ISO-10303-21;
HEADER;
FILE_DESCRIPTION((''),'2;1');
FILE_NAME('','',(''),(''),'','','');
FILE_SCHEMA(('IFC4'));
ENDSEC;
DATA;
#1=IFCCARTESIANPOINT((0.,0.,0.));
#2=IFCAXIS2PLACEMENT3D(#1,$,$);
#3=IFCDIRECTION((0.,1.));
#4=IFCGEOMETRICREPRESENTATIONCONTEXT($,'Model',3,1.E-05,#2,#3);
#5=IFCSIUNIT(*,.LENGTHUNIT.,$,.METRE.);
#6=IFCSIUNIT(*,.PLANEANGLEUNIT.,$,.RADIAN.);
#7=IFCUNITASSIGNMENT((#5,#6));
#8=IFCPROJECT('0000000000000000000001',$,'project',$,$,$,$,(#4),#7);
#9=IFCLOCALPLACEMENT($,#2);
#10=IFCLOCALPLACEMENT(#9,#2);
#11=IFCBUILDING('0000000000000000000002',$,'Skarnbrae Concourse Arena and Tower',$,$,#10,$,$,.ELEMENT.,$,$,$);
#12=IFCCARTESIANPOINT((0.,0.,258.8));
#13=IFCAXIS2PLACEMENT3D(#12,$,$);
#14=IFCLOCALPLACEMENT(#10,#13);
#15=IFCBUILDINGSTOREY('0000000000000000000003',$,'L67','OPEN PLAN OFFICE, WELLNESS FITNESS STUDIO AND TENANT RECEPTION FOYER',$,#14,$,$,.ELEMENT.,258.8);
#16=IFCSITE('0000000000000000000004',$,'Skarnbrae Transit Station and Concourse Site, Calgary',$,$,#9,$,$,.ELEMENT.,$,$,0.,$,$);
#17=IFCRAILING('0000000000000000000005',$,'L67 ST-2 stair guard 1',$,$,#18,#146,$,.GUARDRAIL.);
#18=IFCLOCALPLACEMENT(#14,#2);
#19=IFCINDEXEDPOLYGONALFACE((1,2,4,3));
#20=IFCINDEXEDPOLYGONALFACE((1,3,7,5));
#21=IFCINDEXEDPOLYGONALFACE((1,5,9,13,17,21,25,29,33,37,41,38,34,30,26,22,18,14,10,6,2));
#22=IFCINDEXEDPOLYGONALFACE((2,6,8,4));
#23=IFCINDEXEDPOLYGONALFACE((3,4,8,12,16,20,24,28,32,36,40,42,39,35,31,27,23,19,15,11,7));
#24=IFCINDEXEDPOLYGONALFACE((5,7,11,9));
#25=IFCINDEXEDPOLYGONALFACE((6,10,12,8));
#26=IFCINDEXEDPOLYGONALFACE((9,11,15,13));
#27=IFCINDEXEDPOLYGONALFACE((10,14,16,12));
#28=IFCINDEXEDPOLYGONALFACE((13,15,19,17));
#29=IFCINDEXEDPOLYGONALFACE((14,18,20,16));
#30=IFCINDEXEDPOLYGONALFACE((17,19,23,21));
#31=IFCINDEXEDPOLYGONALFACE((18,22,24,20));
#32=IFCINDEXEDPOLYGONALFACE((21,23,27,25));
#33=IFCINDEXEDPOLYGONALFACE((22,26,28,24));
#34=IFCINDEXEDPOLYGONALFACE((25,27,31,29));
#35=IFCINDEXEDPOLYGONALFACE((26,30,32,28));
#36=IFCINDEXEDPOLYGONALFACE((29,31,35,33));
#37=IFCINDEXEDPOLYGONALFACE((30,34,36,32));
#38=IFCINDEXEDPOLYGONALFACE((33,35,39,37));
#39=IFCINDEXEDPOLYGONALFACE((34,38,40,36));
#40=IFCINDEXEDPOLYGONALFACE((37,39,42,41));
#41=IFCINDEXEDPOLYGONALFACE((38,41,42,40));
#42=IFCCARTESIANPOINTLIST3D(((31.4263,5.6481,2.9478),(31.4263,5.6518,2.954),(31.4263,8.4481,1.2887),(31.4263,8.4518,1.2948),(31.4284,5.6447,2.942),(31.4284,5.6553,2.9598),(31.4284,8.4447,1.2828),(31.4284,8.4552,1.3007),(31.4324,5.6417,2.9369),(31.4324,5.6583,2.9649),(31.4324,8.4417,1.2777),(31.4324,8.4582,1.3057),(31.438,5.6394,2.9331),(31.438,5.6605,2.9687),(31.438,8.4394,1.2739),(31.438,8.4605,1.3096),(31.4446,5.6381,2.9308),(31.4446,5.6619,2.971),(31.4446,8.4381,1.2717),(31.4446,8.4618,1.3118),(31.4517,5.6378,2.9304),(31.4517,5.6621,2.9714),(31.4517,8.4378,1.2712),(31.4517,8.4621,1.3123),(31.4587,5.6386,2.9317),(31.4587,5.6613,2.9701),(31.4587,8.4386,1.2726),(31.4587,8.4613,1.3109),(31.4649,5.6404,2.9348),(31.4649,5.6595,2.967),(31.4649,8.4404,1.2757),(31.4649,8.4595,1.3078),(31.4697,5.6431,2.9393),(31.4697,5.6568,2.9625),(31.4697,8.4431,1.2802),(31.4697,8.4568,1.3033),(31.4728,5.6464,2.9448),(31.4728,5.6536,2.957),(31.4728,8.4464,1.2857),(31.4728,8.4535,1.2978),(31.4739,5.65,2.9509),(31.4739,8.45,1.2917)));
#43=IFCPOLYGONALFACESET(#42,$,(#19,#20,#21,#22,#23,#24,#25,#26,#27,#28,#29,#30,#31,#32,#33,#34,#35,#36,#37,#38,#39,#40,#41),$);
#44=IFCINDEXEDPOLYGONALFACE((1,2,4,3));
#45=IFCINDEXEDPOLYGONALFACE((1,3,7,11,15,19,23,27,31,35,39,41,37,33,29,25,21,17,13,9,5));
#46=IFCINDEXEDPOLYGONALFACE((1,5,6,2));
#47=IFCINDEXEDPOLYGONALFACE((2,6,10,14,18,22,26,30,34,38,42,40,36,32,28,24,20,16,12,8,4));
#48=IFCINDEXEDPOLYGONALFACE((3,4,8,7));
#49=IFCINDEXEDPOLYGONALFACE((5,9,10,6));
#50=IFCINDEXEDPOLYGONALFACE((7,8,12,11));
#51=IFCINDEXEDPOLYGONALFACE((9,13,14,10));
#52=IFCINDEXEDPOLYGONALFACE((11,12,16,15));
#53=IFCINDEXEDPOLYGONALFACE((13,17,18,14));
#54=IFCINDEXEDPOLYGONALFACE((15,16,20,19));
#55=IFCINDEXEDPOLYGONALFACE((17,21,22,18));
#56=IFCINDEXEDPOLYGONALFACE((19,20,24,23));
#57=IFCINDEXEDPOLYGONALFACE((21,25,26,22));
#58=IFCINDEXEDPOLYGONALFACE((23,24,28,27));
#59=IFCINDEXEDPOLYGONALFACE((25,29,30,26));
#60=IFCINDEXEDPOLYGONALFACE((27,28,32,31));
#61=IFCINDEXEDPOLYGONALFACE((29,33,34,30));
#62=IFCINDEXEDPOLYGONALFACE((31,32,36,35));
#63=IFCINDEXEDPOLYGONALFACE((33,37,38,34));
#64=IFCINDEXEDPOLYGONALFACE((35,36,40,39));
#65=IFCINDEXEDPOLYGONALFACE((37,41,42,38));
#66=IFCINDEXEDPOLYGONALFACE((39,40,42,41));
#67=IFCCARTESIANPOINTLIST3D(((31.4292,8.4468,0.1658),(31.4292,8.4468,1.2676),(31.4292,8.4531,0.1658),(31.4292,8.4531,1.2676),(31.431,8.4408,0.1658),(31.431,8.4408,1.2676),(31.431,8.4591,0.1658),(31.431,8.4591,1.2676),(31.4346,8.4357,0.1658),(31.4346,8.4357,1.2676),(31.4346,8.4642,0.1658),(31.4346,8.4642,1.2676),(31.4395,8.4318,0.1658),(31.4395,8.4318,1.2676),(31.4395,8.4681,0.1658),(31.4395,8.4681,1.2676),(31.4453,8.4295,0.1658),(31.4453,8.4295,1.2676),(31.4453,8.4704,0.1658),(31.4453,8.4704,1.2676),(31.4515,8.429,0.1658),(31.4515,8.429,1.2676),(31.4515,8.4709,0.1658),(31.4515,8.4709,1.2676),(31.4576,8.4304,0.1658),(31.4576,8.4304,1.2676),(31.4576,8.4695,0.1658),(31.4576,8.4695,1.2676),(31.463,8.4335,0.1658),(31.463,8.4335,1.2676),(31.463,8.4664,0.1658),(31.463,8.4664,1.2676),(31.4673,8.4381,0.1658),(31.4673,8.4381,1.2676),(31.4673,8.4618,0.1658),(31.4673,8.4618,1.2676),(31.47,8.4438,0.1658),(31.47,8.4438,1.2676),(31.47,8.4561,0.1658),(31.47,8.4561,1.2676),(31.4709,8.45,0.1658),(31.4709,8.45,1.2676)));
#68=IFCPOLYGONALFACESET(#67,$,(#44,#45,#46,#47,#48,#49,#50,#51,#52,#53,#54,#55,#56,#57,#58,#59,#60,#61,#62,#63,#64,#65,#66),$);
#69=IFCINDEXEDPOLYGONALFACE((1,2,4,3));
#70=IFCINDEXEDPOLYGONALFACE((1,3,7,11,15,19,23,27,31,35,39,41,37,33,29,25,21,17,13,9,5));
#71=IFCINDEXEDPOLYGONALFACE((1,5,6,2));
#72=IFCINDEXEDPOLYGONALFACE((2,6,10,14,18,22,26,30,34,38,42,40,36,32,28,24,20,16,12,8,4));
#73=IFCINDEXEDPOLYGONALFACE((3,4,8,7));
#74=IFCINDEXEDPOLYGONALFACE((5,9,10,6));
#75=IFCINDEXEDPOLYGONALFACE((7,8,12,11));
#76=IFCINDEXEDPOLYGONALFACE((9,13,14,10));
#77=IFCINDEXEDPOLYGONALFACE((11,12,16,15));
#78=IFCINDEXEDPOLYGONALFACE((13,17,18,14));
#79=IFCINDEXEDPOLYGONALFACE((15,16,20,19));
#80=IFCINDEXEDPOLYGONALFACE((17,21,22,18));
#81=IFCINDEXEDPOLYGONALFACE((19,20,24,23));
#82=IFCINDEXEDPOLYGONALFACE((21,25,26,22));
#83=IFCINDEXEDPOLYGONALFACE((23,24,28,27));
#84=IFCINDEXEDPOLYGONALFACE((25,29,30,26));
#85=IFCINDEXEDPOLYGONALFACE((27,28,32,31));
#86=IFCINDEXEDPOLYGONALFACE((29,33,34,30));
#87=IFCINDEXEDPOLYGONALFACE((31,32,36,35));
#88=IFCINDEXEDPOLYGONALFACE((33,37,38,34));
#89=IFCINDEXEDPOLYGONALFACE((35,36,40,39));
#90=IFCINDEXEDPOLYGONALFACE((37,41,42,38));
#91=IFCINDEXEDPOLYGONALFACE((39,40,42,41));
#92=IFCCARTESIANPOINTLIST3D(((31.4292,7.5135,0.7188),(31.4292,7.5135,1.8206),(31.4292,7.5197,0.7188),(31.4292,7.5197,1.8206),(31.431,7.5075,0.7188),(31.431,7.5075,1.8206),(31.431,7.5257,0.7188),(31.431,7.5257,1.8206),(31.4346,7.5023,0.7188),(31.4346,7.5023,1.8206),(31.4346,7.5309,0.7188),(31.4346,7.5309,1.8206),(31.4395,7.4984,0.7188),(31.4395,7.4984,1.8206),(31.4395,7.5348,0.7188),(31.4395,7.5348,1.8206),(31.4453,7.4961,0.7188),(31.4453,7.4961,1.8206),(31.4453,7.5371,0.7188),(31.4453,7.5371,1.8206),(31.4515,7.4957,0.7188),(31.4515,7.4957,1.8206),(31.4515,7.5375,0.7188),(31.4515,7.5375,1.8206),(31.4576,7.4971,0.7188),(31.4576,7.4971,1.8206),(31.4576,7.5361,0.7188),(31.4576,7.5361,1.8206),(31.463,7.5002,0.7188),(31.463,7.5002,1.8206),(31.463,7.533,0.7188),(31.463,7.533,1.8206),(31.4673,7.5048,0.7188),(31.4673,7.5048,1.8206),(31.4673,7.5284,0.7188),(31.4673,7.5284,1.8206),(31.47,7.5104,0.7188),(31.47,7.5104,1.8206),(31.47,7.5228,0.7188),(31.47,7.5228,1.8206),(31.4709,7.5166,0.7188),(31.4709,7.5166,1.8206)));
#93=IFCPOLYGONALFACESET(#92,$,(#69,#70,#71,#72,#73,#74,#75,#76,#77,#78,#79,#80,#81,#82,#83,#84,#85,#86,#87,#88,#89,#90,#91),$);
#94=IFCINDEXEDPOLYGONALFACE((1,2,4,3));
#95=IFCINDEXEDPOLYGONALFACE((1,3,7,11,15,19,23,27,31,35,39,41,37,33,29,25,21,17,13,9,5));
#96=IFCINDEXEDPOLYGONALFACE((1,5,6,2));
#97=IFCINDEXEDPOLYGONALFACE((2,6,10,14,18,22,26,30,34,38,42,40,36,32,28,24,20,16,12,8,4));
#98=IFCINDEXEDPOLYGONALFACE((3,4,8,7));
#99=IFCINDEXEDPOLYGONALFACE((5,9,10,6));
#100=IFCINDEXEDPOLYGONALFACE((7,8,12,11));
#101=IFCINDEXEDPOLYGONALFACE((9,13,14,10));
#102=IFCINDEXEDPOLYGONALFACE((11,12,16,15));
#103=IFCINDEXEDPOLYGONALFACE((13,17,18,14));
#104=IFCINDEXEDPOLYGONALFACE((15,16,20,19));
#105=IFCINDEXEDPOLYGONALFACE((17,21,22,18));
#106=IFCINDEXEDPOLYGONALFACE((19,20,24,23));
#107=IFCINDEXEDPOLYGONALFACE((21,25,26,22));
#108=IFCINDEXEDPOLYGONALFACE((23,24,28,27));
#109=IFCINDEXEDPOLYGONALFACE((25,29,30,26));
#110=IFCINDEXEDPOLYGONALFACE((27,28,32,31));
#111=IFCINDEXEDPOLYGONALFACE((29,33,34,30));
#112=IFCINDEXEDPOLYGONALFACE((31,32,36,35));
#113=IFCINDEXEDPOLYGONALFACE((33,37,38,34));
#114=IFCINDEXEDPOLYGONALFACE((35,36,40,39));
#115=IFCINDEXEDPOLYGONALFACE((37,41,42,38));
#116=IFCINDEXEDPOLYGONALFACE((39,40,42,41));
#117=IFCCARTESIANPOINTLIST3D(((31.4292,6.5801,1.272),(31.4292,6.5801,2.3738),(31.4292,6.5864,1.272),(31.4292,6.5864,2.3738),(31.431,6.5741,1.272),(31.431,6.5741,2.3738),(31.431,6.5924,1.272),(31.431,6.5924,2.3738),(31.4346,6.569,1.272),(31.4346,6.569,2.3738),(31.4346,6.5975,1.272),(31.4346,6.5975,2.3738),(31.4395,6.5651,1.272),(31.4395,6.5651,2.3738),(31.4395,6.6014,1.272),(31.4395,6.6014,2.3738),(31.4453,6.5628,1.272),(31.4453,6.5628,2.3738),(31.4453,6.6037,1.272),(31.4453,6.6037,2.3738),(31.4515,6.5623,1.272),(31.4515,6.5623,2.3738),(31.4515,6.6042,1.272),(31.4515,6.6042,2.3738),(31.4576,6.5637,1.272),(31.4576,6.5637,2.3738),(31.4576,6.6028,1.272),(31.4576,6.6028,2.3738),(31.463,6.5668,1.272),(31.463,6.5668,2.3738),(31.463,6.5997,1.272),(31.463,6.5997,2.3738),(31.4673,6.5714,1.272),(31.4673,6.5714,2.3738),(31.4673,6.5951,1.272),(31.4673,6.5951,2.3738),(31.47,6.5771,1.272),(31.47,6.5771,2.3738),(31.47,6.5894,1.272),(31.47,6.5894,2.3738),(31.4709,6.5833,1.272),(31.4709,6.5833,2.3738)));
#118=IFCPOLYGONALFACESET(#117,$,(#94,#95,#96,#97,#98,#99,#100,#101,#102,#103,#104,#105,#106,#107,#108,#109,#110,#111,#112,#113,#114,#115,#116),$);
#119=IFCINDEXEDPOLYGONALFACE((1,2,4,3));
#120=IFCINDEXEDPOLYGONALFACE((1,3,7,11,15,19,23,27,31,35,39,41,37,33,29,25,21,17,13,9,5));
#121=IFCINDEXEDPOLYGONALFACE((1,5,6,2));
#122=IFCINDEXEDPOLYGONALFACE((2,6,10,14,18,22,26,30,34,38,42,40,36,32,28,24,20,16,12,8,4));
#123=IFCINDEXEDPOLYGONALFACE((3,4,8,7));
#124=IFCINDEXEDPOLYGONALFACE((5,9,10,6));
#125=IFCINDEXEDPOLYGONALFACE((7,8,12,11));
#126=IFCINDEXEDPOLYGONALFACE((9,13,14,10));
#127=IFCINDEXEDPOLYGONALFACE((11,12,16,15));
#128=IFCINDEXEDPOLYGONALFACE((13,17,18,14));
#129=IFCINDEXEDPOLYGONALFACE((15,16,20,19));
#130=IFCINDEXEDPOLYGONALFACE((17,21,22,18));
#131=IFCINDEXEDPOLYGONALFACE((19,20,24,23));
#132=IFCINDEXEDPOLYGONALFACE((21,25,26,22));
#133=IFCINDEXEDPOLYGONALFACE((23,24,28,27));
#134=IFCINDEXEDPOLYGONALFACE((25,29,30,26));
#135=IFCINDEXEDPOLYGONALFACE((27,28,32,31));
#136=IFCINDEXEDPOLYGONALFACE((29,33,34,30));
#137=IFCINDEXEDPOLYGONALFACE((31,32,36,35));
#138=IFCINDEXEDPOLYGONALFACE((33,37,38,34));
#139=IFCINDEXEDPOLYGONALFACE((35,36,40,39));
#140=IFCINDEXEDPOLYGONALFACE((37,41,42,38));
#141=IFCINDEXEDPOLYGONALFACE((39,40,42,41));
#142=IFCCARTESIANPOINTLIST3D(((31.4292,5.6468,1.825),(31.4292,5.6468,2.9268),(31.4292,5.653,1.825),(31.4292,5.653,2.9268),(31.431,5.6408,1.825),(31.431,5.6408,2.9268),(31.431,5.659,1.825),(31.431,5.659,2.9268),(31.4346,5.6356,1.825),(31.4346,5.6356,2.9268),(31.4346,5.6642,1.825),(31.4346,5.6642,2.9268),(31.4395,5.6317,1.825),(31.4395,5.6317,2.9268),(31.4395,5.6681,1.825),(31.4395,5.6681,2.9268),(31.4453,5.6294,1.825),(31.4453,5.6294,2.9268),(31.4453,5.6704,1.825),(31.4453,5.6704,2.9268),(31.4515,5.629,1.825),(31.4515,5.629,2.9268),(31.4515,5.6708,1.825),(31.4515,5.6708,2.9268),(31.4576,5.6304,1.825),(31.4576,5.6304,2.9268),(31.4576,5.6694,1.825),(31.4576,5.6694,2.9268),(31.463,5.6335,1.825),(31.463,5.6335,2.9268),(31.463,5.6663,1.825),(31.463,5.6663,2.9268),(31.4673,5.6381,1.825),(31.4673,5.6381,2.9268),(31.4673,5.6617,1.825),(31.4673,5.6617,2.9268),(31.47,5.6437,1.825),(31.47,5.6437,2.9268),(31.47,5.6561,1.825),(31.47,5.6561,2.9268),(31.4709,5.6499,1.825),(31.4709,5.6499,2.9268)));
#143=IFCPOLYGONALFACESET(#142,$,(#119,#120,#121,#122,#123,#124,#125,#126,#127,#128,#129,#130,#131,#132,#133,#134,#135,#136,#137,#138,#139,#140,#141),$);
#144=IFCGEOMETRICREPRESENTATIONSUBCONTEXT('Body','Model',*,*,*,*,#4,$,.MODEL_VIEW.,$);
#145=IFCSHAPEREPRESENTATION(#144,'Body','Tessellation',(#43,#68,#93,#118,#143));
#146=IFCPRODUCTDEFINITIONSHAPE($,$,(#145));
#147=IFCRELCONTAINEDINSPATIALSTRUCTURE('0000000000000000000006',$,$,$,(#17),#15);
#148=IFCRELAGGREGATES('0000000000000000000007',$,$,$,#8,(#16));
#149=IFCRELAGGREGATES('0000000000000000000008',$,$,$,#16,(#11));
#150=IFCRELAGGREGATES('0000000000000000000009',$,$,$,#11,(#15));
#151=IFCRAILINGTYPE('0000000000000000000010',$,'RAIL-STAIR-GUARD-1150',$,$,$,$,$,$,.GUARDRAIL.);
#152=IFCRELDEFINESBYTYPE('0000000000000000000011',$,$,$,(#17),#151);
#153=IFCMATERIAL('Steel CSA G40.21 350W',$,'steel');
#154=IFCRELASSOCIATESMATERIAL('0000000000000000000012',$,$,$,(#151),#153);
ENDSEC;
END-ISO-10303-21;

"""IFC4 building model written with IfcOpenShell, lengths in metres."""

from ifc_helpers import new_model, si_unit, direction, frame, origin, origin_2d, place, context, subcontext, project, spatial, circle, extrude, material, type_object, element, save


model = new_model("IFC4")

# Units and contexts
model_context = context("Model", 3, precision=1e-05, world=origin(), true_north=direction((0.0, 1.0)))
body_context = subcontext(model_context, "Body", "Model", "MODEL_VIEW")
ifc_project = project(units=[si_unit("LENGTHUNIT", "METRE"), si_unit("PLANEANGLEUNIT", "RADIAN")], contexts=[model_context])

# Site, building, storey
site_placement = place(None, origin())
site = spatial("IfcSite", under=ifc_project, at=site_placement, Name="Skarnbrae Transit Station and Concourse Site, Calgary", CompositionType="ELEMENT", RefElevation=0.0)
building_placement = place(site_placement, origin())
building = spatial("IfcBuilding", under=site, at=building_placement, Name="Skarnbrae Concourse Arena and Tower", CompositionType="ELEMENT")
storey_placement = place(building_placement, frame((0.0, 0.0, 258.8)))
storey = spatial("IfcBuildingStorey", under=building, at=storey_placement, Name="L67", Description="OPEN PLAN OFFICE, WELLNESS FITNESS STUDIO AND TENANT RECEPTION FOYER", CompositionType="ELEMENT", Elevation=258.8)

# Shared definitions
ifc_material_1 = material(Name="Steel CSA G40.21 350W", Category="steel")

# Railing
railing_type = type_object("IfcRailingType", Name="RAIL-STAIR-GUARD-1150", PredefinedType="GUARDRAIL", material=ifc_material_1)
railing_1_placement = place(storey_placement, frame((31.45, 8.45, 0.1658)))
element("IfcRailing", 1, at=railing_1_placement, inside=storey, type_object=railing_type, Name="L67 ST-2 stair guard 1", PredefinedType="GUARDRAIL", context=body_context, shape_type="SweptSolid", body=[
    extrude(circle(Radius=0.0239, at=origin_2d()), frame((0.0, 0.0, 1.126), z_axis=(0.0, -0.860306, 0.509778), x_axis=(1.0, 0.0, 0.0)), (0.0, 0.0, 1.0), 3.2546),
    extrude(circle(Radius=0.021, at=origin_2d()), origin(), (0.0, 0.0, 1.0), 1.1018),
    extrude(circle(Radius=0.021, at=origin_2d()), frame((0.0, -0.9333, 0.553)), (0.0, 0.0, 1.0), 1.1018),
    extrude(circle(Radius=0.021, at=origin_2d()), frame((0.0, -1.8667, 1.1062)), (0.0, 0.0, 1.0), 1.1018),
    extrude(circle(Radius=0.021, at=origin_2d()), frame((0.0, -2.8, 1.6592)), (0.0, 0.0, 1.0), 1.1018),
])

save(model, "model.ifc")
